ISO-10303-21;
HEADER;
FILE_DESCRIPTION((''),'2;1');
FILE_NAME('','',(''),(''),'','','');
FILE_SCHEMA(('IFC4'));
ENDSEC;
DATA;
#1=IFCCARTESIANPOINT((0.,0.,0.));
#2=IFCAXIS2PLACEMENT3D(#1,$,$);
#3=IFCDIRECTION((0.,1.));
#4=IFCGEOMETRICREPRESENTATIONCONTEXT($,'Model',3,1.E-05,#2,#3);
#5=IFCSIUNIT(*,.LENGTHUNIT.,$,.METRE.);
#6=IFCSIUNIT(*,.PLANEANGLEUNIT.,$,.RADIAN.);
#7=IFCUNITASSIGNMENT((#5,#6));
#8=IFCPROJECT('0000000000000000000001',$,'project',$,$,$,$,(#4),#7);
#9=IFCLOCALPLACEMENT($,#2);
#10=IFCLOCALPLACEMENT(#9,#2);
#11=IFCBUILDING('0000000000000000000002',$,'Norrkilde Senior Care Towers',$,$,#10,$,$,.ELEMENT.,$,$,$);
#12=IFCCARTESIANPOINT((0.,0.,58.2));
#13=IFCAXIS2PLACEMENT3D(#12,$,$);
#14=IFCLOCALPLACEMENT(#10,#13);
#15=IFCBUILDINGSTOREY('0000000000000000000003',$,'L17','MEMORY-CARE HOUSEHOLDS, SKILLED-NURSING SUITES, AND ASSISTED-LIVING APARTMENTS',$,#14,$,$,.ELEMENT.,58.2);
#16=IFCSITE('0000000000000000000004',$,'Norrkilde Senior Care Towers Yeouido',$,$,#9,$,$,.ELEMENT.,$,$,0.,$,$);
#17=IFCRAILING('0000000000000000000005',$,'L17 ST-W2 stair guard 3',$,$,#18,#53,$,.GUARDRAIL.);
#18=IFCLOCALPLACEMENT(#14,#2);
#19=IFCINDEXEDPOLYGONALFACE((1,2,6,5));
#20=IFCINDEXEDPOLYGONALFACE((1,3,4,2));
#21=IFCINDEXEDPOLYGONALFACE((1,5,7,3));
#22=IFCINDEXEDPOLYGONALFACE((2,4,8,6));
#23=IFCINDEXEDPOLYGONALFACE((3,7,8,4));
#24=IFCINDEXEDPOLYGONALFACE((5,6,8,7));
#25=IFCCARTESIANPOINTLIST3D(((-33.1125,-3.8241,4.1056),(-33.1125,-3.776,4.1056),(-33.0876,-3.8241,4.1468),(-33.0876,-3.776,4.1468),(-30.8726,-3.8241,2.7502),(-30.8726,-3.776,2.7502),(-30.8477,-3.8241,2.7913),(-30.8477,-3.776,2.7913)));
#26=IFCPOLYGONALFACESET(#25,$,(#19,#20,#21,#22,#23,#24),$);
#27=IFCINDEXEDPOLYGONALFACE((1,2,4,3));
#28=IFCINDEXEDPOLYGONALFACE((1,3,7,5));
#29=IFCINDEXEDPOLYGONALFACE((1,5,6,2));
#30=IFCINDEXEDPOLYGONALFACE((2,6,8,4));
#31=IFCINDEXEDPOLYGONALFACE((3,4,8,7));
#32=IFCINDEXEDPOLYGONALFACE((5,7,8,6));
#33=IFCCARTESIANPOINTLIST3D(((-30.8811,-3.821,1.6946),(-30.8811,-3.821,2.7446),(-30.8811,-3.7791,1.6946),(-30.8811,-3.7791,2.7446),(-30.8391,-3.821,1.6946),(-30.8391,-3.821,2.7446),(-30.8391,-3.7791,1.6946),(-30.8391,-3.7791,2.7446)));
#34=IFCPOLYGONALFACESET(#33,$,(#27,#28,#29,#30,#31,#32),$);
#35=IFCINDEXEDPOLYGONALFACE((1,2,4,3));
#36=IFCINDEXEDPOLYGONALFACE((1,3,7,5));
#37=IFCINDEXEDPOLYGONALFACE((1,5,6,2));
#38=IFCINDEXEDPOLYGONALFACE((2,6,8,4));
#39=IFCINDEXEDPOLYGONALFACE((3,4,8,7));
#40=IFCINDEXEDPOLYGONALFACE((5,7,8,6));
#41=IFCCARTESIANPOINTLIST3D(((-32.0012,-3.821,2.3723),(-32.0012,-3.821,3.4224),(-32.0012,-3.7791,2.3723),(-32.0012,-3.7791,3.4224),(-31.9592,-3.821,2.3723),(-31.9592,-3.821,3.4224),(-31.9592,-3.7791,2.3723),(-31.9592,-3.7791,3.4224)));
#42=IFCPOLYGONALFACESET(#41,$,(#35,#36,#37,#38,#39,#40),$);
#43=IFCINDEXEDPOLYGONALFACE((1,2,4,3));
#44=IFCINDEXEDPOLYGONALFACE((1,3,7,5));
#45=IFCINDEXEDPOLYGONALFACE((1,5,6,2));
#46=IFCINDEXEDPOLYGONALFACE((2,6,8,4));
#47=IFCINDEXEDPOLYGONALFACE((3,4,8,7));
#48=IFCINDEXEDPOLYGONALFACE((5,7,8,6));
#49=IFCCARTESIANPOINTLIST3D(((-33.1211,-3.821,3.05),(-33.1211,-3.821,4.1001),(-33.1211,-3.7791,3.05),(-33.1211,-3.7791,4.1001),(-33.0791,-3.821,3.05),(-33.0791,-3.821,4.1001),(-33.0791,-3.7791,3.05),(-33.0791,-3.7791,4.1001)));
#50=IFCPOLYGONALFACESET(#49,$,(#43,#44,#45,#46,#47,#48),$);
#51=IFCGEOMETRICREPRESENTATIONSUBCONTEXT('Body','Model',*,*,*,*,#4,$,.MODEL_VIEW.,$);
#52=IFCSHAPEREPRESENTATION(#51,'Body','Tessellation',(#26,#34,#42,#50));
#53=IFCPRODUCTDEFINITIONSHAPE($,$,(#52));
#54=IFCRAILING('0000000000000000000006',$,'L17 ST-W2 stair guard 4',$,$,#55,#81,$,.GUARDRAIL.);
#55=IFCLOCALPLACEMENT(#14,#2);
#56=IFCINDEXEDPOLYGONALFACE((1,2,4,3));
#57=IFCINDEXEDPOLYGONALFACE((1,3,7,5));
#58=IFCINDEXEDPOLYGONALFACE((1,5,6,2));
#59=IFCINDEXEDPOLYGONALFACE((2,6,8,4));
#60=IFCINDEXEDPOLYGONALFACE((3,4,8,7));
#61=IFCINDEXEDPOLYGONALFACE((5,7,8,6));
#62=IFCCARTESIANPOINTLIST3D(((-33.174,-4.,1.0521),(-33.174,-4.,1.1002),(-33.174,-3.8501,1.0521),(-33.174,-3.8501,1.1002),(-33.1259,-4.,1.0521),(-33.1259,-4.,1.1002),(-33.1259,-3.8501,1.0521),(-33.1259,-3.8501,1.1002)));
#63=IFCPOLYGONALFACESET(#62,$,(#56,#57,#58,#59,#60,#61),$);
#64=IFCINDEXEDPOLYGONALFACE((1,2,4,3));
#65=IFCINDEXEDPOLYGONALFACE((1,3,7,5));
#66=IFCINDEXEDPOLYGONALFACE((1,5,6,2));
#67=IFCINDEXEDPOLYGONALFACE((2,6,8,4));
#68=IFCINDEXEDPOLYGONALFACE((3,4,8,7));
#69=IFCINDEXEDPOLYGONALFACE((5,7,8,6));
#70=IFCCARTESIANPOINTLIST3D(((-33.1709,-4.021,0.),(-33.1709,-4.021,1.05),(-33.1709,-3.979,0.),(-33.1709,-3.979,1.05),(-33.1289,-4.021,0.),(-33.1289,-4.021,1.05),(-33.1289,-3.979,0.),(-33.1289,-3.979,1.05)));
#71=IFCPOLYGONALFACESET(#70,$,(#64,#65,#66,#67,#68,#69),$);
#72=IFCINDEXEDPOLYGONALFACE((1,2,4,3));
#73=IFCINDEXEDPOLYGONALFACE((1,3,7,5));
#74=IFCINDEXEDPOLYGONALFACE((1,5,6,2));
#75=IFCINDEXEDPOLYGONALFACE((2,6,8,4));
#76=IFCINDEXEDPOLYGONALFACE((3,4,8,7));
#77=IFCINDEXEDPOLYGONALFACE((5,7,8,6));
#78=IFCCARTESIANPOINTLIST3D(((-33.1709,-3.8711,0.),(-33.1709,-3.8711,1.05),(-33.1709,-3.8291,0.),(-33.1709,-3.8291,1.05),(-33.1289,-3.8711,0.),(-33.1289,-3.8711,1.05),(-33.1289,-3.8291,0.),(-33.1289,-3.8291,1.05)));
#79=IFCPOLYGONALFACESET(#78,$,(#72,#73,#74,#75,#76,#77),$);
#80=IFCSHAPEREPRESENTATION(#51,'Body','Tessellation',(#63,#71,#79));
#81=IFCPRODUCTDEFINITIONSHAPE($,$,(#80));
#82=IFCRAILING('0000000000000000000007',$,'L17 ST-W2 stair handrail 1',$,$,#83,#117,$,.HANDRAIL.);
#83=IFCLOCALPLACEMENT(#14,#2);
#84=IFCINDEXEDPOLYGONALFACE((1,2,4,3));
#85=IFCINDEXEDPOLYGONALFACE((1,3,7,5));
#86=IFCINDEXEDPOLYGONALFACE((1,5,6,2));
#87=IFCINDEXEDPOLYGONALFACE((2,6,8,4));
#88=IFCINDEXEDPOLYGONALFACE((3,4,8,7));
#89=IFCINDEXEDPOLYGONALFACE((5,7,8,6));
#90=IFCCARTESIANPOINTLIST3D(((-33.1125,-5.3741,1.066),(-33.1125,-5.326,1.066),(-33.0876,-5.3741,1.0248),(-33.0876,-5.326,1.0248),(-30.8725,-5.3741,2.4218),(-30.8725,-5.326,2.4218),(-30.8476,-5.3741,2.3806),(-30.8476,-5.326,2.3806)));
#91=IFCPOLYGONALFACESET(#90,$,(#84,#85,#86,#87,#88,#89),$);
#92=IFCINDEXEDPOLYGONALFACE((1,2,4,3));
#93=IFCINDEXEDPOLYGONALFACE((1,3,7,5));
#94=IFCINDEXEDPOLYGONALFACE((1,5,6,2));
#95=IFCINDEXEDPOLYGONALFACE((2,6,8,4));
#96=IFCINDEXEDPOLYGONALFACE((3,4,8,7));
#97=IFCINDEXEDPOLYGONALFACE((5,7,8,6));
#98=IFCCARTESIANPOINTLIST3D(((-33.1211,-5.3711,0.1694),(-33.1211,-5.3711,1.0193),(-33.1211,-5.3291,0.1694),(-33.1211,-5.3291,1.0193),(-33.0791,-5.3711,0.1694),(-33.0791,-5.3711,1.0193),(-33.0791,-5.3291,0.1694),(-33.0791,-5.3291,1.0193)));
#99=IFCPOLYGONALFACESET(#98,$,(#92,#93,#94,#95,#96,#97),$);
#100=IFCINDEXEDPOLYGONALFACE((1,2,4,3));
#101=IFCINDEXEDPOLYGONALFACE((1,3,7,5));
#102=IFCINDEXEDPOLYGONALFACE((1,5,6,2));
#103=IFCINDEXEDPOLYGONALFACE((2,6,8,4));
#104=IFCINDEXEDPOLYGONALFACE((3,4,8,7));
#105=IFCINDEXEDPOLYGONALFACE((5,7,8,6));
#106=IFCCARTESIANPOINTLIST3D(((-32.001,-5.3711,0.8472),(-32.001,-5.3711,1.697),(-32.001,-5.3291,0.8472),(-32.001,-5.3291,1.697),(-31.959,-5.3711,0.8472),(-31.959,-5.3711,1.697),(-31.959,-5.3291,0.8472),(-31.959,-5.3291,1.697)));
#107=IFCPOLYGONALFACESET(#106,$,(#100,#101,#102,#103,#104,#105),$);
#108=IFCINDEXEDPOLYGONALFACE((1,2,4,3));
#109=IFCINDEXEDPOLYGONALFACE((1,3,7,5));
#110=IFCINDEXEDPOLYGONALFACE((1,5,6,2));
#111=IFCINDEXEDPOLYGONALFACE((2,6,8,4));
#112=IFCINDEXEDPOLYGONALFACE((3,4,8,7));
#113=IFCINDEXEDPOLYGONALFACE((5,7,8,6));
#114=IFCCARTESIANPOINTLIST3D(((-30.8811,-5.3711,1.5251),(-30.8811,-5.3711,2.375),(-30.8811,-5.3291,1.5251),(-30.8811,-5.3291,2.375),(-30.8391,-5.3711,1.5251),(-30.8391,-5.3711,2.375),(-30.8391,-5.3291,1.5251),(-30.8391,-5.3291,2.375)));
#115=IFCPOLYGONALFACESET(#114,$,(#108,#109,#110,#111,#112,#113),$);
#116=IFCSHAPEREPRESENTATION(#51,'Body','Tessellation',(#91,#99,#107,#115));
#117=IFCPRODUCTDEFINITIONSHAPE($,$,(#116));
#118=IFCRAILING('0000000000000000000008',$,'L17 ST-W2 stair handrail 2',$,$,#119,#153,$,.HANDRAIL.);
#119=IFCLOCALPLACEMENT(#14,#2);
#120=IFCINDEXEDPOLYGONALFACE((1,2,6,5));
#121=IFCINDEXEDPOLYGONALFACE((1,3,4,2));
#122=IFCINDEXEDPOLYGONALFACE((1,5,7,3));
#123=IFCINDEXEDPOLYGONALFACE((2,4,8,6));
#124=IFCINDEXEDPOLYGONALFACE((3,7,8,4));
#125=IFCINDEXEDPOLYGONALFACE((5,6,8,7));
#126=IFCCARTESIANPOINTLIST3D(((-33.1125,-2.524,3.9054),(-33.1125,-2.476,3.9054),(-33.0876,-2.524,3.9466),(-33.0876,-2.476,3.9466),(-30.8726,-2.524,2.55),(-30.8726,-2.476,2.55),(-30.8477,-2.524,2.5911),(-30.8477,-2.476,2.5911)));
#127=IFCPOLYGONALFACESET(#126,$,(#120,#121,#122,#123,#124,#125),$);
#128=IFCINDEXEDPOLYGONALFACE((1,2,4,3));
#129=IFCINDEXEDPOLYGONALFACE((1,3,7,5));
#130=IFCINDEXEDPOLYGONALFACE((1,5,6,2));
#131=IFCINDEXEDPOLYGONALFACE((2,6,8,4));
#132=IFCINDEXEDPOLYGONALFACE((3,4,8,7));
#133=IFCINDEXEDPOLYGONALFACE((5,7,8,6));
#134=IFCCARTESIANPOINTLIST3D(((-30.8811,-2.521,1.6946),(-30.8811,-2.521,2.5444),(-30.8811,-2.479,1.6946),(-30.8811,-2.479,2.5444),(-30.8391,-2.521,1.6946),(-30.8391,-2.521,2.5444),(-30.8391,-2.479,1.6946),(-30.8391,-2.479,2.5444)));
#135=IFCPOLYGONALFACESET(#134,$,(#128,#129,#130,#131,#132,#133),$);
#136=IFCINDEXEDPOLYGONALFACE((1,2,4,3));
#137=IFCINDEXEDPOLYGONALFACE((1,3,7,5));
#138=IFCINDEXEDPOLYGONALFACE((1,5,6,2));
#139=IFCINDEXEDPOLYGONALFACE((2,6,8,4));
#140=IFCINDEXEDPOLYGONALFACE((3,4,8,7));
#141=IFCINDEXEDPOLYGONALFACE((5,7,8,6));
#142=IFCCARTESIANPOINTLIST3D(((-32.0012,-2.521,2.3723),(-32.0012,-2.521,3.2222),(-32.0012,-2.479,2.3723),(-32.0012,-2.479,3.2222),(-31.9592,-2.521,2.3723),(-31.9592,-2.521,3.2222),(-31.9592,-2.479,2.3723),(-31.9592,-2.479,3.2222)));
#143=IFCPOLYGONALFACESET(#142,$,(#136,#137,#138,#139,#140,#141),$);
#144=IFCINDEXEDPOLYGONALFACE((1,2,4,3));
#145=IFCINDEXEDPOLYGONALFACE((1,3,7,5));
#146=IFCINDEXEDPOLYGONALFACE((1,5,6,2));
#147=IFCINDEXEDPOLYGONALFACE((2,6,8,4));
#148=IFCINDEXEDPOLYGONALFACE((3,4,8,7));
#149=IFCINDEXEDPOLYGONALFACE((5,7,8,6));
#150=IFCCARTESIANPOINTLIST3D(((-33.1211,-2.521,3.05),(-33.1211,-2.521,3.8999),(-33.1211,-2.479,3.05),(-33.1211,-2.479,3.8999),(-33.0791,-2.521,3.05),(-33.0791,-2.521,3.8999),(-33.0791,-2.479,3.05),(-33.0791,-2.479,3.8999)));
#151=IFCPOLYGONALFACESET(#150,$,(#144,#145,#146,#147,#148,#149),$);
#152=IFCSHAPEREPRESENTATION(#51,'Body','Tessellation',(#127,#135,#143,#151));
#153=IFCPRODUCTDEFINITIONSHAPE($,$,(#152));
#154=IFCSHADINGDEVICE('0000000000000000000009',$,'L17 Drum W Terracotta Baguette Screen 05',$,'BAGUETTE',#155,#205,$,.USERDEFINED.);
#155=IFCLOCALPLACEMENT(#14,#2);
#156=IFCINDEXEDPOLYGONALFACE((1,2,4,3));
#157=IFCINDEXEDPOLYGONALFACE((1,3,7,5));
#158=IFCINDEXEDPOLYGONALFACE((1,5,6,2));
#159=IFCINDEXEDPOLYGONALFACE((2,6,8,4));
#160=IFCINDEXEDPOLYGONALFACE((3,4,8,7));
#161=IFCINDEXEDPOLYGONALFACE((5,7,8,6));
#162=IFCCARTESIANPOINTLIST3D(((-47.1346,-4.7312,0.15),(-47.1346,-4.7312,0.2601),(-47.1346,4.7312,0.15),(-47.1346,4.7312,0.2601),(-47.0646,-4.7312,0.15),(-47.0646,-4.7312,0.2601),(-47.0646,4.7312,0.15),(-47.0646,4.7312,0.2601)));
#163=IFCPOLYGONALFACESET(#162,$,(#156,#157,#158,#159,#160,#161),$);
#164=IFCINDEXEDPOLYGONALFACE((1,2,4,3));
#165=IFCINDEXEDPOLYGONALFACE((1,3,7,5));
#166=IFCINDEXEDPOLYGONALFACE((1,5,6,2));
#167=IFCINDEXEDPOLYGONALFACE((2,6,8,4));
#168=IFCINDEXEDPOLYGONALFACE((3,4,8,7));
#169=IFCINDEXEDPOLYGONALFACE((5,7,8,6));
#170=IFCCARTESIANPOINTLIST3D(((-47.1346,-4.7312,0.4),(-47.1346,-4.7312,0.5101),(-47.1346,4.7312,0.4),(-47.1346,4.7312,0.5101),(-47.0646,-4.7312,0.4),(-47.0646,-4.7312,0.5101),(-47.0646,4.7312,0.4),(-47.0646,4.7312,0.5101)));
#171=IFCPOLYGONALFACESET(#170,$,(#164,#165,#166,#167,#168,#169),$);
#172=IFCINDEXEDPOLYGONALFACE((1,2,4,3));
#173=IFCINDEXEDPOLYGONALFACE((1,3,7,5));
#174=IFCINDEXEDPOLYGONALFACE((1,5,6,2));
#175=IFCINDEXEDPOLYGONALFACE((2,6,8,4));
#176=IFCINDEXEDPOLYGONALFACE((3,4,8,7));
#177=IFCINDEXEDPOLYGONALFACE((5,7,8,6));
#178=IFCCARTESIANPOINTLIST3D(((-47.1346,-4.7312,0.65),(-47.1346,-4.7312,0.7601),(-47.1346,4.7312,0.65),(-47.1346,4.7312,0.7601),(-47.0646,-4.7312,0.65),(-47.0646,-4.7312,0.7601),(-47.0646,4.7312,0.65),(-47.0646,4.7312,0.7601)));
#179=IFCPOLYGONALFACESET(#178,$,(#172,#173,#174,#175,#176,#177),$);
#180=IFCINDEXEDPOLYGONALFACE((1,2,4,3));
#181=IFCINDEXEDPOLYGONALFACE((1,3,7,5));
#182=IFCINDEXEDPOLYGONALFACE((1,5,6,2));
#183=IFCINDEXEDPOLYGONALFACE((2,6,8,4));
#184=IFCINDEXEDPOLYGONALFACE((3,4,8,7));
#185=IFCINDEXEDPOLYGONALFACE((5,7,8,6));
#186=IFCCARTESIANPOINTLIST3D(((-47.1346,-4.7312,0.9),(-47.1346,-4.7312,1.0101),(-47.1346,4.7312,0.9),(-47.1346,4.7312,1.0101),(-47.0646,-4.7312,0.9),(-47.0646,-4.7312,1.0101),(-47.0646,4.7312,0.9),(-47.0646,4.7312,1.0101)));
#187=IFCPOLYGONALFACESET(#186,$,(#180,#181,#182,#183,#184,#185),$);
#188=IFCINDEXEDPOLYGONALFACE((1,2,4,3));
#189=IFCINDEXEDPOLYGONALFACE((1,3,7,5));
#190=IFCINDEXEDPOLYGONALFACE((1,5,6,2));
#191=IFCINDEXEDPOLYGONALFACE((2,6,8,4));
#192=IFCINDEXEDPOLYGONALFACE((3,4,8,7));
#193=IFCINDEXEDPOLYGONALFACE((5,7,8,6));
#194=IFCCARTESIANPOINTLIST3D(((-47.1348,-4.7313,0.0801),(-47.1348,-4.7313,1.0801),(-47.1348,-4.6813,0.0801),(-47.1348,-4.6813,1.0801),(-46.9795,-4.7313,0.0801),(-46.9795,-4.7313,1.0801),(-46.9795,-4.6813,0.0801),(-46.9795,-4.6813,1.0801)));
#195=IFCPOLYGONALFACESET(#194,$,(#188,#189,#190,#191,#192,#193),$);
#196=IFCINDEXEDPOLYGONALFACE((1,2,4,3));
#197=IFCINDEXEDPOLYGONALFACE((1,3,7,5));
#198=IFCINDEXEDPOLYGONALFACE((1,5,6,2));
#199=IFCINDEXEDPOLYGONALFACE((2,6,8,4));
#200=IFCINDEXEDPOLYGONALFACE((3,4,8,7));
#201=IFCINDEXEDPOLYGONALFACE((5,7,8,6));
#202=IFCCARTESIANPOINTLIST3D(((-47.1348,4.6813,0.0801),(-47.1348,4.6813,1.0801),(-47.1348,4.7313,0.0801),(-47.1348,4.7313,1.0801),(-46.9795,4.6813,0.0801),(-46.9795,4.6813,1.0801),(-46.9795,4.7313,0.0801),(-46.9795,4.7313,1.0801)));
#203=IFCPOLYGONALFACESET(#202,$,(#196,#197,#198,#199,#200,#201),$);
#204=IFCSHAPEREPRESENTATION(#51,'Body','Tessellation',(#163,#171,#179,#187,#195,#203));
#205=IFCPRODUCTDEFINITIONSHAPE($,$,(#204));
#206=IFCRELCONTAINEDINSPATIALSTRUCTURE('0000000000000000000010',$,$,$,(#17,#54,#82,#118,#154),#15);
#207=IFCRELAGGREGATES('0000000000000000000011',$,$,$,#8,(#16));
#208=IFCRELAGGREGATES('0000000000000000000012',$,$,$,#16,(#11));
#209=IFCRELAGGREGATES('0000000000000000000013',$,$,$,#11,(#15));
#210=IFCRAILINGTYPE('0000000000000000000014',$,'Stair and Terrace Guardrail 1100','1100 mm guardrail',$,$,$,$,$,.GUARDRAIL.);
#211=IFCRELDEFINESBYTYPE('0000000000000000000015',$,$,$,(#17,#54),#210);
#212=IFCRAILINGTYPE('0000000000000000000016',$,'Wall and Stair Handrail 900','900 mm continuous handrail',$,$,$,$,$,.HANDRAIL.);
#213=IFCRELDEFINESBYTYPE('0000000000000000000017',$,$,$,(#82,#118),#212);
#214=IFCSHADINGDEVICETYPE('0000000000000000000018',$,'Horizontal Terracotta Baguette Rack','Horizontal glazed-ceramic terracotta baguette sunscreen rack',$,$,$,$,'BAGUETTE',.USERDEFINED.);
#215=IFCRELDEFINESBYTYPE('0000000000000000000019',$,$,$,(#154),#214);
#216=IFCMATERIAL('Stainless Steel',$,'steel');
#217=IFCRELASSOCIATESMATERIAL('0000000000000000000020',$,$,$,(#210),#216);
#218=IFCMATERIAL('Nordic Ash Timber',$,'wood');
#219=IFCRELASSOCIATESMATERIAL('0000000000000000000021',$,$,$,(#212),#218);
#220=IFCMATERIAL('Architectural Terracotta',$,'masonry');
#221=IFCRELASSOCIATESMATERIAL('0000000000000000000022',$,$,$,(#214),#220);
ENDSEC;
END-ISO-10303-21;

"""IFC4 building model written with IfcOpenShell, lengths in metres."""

from ifc_helpers import new_model, si_unit, direction, frame, origin, origin_2d, place, context, subcontext, project, spatial, rectangle, extrude, source, transform, mapped, material, type_object, type_shapes, element, save


model = new_model("IFC4")

# Units and contexts
model_context = context("Model", 3, precision=1e-05, world=origin(), true_north=direction((0.0, 1.0)))
body_context = subcontext(model_context, "Body", "Model", "MODEL_VIEW")
ifc_project = project(units=[si_unit("LENGTHUNIT", "METRE"), si_unit("PLANEANGLEUNIT", "RADIAN")], contexts=[model_context])

# Site, building, storey
site_placement = place(None, origin())
site = spatial("IfcSite", under=ifc_project, at=site_placement, Name="Norrkilde Senior Care Towers Yeouido", CompositionType="ELEMENT", RefElevation=0.0)
building_placement = place(site_placement, origin())
building = spatial("IfcBuilding", under=site, at=building_placement, Name="Norrkilde Senior Care Towers", CompositionType="ELEMENT")
storey_placement = place(building_placement, frame((0.0, 0.0, 58.2)))
storey = spatial("IfcBuildingStorey", under=building, at=storey_placement, Name="L17", Description="MEMORY-CARE HOUSEHOLDS, SKILLED-NURSING SUITES, AND ASSISTED-LIVING APARTMENTS", CompositionType="ELEMENT", Elevation=58.2)

# Shared definitions
ifc_material_1 = material(Name="Stainless Steel", Category="steel")

# Shared definitions
ifc_material_2 = material(Name="Nordic Ash Timber", Category="wood")

# Railings
railing_type_1 = type_object("IfcRailingType", Name="Stair and Terrace Guardrail 1100", Description="1100 mm guardrail", PredefinedType="GUARDRAIL", material=ifc_material_1)
railing_1_placement = place(storey_placement, frame((-30.8601, -3.8, 1.6946)))
element("IfcRailing", 1, at=railing_1_placement, inside=storey, type_object=railing_type_1, Name="L17 ST-W2 stair guard 3", PredefinedType="GUARDRAIL", context=body_context, shape_type="SweptSolid", body=[
    extrude(rectangle(XDim=0.0481, YDim=0.0481, at=origin_2d()), frame((0.0, 0.0, 1.0762), z_axis=(-0.855553, 0.0, 0.517715), x_axis=(0.0, -1.0, 0.0)), (0.0, 0.0, 1.0), 2.6182),
    extrude(rectangle(XDim=0.042, YDim=0.042, at=origin_2d()), origin(), (0.0, 0.0, 1.0), 1.05),
    extrude(rectangle(XDim=0.042, YDim=0.042, at=origin_2d()), frame((-1.1201, 0.0, 0.6777)), (0.0, 0.0, 1.0), 1.05),
    extrude(rectangle(XDim=0.042, YDim=0.042, at=origin_2d()), frame((-2.24, 0.0, 1.3555)), (0.0, 0.0, 1.0), 1.05),
])
railing_2_placement = place(storey_placement, frame((-33.1499, -4.0, 0.0)))
element("IfcRailing", 2, at=railing_2_placement, inside=storey, type_object=railing_type_1, Name="L17 ST-W2 stair guard 4", PredefinedType="GUARDRAIL", context=body_context, shape_type="SweptSolid", body=[
    extrude(rectangle(XDim=0.0481, YDim=0.0481, at=origin_2d()), frame((0.0, 0.0, 1.0762), z_axis=(0.0, 1.0, 0.0), x_axis=(-1.0, 0.0, 0.0)), (0.0, 0.0, 1.0), 0.1499),
    extrude(rectangle(XDim=0.042, YDim=0.042, at=origin_2d()), origin(), (0.0, 0.0, 1.0), 1.05),
    extrude(rectangle(XDim=0.042, YDim=0.042, at=origin_2d()), frame((0.0, 0.1499, 0.0)), (0.0, 0.0, 1.0), 1.05),
])
railing_type_2 = type_object("IfcRailingType", Name="Wall and Stair Handrail 900", Description="900 mm continuous handrail", PredefinedType="HANDRAIL", material=ifc_material_2)
railing_3_placement = place(storey_placement, frame((-33.1001, -5.3501, 0.1694)))
element("IfcRailing", 3, at=railing_3_placement, inside=storey, type_object=railing_type_2, Name="L17 ST-W2 stair handrail 1", PredefinedType="HANDRAIL", context=body_context, shape_type="SweptSolid", body=[
    extrude(rectangle(XDim=0.0481, YDim=0.0481, at=origin_2d()), frame((0.0, 0.0, 0.876), z_axis=(0.855512, 0.0, 0.517783), x_axis=(0.0, 1.0, 0.0)), (0.0, 0.0, 1.0), 2.6184),
    extrude(rectangle(XDim=0.042, YDim=0.042, at=origin_2d()), origin(), (0.0, 0.0, 1.0), 0.8499),
    extrude(rectangle(XDim=0.042, YDim=0.042, at=origin_2d()), frame((1.1201, 0.0, 0.6777)), (0.0, 0.0, 1.0), 0.8499),
    extrude(rectangle(XDim=0.042, YDim=0.042, at=origin_2d()), frame((2.24, 0.0, 1.3557)), (0.0, 0.0, 1.0), 0.8499),
])
railing_4_placement = place(storey_placement, frame((-30.8601, -2.5, 1.6946)))
element("IfcRailing", 4, at=railing_4_placement, inside=storey, type_object=railing_type_2, Name="L17 ST-W2 stair handrail 2", PredefinedType="HANDRAIL", context=body_context, shape_type="SweptSolid", body=[
    extrude(rectangle(XDim=0.0481, YDim=0.0481, at=origin_2d()), frame((0.0, 0.0, 0.876), z_axis=(-0.855553, 0.0, 0.517715), x_axis=(0.0, -1.0, 0.0)), (0.0, 0.0, 1.0), 2.6182),
    extrude(rectangle(XDim=0.042, YDim=0.042, at=origin_2d()), origin(), (0.0, 0.0, 1.0), 0.8499),
    extrude(rectangle(XDim=0.042, YDim=0.042, at=origin_2d()), frame((-1.1201, 0.0, 0.6777)), (0.0, 0.0, 1.0), 0.8499),
    extrude(rectangle(XDim=0.042, YDim=0.042, at=origin_2d()), frame((-2.24, 0.0, 1.3555)), (0.0, 0.0, 1.0), 0.8499),
])

# Shading device
ifc_material_3 = material(Name="Architectural Terracotta", Category="masonry")
shading_device_type = type_object("IfcShadingDeviceType", Name="Horizontal Terracotta Baguette Rack", Description="Horizontal glazed-ceramic terracotta baguette sunscreen rack", ElementType="BAGUETTE", PredefinedType="USERDEFINED", material=ifc_material_3)
shared_shape_1 = source(origin(), body_context, "Body", "SweptSolid", [
    extrude(rectangle(XDim=0.0701, YDim=0.1101, at=origin_2d()), frame((0.0, 0.0901, 0.125), z_axis=(1.0, 0.0, 0.0), x_axis=(0.0, 1.0, 0.0)), (0.0, 0.0, 1.0), 9.4624),
    extrude(rectangle(XDim=0.0701, YDim=0.1101, at=origin_2d()), frame((0.0, 0.0901, 0.375), z_axis=(1.0, 0.0, 0.0), x_axis=(0.0, 1.0, 0.0)), (0.0, 0.0, 1.0), 9.4624),
    extrude(rectangle(XDim=0.0701, YDim=0.1101, at=origin_2d()), frame((0.0, 0.0901, 0.625), z_axis=(1.0, 0.0, 0.0), x_axis=(0.0, 1.0, 0.0)), (0.0, 0.0, 1.0), 9.4624),
    extrude(rectangle(XDim=0.0701, YDim=0.1101, at=origin_2d()), frame((0.0, 0.0901, 0.875), z_axis=(1.0, 0.0, 0.0), x_axis=(0.0, 1.0, 0.0)), (0.0, 0.0, 1.0), 9.4624),
    extrude(rectangle(XDim=0.05, YDim=0.1553, at=origin_2d()), frame((0.0249, 0.0476, 0.0)), (0.0, 0.0, 1.0), 1.0),
    extrude(rectangle(XDim=0.05, YDim=0.1553, at=origin_2d()), frame((9.4375, 0.0476, 0.0)), (0.0, 0.0, 1.0), 1.0),
])
type_shapes(shading_device_type, [shared_shape_1])
shading_device_placement = place(storey_placement, frame((-47.0095, -4.7312, 0.0801), z_axis=(0.0, 0.0, 1.0), x_axis=(0.0, 1.0, 0.0)))
element("IfcShadingDevice", 5, at=shading_device_placement, inside=storey, type_object=shading_device_type, Name="L17 Drum W Terracotta Baguette Screen 05", ObjectType="BAGUETTE", PredefinedType="USERDEFINED", context=body_context, shape_type="MappedRepresentation", body=[
    mapped(shared_shape_1, transform((0.0, 0.0, 0.0), x_axis=(1.0, 0.0, 0.0), y_axis=(0.0, 1.0, 0.0), z_axis=(0.0, 0.0, 1.0), scale=1.0)),
])

save(model, "model.ifc")
